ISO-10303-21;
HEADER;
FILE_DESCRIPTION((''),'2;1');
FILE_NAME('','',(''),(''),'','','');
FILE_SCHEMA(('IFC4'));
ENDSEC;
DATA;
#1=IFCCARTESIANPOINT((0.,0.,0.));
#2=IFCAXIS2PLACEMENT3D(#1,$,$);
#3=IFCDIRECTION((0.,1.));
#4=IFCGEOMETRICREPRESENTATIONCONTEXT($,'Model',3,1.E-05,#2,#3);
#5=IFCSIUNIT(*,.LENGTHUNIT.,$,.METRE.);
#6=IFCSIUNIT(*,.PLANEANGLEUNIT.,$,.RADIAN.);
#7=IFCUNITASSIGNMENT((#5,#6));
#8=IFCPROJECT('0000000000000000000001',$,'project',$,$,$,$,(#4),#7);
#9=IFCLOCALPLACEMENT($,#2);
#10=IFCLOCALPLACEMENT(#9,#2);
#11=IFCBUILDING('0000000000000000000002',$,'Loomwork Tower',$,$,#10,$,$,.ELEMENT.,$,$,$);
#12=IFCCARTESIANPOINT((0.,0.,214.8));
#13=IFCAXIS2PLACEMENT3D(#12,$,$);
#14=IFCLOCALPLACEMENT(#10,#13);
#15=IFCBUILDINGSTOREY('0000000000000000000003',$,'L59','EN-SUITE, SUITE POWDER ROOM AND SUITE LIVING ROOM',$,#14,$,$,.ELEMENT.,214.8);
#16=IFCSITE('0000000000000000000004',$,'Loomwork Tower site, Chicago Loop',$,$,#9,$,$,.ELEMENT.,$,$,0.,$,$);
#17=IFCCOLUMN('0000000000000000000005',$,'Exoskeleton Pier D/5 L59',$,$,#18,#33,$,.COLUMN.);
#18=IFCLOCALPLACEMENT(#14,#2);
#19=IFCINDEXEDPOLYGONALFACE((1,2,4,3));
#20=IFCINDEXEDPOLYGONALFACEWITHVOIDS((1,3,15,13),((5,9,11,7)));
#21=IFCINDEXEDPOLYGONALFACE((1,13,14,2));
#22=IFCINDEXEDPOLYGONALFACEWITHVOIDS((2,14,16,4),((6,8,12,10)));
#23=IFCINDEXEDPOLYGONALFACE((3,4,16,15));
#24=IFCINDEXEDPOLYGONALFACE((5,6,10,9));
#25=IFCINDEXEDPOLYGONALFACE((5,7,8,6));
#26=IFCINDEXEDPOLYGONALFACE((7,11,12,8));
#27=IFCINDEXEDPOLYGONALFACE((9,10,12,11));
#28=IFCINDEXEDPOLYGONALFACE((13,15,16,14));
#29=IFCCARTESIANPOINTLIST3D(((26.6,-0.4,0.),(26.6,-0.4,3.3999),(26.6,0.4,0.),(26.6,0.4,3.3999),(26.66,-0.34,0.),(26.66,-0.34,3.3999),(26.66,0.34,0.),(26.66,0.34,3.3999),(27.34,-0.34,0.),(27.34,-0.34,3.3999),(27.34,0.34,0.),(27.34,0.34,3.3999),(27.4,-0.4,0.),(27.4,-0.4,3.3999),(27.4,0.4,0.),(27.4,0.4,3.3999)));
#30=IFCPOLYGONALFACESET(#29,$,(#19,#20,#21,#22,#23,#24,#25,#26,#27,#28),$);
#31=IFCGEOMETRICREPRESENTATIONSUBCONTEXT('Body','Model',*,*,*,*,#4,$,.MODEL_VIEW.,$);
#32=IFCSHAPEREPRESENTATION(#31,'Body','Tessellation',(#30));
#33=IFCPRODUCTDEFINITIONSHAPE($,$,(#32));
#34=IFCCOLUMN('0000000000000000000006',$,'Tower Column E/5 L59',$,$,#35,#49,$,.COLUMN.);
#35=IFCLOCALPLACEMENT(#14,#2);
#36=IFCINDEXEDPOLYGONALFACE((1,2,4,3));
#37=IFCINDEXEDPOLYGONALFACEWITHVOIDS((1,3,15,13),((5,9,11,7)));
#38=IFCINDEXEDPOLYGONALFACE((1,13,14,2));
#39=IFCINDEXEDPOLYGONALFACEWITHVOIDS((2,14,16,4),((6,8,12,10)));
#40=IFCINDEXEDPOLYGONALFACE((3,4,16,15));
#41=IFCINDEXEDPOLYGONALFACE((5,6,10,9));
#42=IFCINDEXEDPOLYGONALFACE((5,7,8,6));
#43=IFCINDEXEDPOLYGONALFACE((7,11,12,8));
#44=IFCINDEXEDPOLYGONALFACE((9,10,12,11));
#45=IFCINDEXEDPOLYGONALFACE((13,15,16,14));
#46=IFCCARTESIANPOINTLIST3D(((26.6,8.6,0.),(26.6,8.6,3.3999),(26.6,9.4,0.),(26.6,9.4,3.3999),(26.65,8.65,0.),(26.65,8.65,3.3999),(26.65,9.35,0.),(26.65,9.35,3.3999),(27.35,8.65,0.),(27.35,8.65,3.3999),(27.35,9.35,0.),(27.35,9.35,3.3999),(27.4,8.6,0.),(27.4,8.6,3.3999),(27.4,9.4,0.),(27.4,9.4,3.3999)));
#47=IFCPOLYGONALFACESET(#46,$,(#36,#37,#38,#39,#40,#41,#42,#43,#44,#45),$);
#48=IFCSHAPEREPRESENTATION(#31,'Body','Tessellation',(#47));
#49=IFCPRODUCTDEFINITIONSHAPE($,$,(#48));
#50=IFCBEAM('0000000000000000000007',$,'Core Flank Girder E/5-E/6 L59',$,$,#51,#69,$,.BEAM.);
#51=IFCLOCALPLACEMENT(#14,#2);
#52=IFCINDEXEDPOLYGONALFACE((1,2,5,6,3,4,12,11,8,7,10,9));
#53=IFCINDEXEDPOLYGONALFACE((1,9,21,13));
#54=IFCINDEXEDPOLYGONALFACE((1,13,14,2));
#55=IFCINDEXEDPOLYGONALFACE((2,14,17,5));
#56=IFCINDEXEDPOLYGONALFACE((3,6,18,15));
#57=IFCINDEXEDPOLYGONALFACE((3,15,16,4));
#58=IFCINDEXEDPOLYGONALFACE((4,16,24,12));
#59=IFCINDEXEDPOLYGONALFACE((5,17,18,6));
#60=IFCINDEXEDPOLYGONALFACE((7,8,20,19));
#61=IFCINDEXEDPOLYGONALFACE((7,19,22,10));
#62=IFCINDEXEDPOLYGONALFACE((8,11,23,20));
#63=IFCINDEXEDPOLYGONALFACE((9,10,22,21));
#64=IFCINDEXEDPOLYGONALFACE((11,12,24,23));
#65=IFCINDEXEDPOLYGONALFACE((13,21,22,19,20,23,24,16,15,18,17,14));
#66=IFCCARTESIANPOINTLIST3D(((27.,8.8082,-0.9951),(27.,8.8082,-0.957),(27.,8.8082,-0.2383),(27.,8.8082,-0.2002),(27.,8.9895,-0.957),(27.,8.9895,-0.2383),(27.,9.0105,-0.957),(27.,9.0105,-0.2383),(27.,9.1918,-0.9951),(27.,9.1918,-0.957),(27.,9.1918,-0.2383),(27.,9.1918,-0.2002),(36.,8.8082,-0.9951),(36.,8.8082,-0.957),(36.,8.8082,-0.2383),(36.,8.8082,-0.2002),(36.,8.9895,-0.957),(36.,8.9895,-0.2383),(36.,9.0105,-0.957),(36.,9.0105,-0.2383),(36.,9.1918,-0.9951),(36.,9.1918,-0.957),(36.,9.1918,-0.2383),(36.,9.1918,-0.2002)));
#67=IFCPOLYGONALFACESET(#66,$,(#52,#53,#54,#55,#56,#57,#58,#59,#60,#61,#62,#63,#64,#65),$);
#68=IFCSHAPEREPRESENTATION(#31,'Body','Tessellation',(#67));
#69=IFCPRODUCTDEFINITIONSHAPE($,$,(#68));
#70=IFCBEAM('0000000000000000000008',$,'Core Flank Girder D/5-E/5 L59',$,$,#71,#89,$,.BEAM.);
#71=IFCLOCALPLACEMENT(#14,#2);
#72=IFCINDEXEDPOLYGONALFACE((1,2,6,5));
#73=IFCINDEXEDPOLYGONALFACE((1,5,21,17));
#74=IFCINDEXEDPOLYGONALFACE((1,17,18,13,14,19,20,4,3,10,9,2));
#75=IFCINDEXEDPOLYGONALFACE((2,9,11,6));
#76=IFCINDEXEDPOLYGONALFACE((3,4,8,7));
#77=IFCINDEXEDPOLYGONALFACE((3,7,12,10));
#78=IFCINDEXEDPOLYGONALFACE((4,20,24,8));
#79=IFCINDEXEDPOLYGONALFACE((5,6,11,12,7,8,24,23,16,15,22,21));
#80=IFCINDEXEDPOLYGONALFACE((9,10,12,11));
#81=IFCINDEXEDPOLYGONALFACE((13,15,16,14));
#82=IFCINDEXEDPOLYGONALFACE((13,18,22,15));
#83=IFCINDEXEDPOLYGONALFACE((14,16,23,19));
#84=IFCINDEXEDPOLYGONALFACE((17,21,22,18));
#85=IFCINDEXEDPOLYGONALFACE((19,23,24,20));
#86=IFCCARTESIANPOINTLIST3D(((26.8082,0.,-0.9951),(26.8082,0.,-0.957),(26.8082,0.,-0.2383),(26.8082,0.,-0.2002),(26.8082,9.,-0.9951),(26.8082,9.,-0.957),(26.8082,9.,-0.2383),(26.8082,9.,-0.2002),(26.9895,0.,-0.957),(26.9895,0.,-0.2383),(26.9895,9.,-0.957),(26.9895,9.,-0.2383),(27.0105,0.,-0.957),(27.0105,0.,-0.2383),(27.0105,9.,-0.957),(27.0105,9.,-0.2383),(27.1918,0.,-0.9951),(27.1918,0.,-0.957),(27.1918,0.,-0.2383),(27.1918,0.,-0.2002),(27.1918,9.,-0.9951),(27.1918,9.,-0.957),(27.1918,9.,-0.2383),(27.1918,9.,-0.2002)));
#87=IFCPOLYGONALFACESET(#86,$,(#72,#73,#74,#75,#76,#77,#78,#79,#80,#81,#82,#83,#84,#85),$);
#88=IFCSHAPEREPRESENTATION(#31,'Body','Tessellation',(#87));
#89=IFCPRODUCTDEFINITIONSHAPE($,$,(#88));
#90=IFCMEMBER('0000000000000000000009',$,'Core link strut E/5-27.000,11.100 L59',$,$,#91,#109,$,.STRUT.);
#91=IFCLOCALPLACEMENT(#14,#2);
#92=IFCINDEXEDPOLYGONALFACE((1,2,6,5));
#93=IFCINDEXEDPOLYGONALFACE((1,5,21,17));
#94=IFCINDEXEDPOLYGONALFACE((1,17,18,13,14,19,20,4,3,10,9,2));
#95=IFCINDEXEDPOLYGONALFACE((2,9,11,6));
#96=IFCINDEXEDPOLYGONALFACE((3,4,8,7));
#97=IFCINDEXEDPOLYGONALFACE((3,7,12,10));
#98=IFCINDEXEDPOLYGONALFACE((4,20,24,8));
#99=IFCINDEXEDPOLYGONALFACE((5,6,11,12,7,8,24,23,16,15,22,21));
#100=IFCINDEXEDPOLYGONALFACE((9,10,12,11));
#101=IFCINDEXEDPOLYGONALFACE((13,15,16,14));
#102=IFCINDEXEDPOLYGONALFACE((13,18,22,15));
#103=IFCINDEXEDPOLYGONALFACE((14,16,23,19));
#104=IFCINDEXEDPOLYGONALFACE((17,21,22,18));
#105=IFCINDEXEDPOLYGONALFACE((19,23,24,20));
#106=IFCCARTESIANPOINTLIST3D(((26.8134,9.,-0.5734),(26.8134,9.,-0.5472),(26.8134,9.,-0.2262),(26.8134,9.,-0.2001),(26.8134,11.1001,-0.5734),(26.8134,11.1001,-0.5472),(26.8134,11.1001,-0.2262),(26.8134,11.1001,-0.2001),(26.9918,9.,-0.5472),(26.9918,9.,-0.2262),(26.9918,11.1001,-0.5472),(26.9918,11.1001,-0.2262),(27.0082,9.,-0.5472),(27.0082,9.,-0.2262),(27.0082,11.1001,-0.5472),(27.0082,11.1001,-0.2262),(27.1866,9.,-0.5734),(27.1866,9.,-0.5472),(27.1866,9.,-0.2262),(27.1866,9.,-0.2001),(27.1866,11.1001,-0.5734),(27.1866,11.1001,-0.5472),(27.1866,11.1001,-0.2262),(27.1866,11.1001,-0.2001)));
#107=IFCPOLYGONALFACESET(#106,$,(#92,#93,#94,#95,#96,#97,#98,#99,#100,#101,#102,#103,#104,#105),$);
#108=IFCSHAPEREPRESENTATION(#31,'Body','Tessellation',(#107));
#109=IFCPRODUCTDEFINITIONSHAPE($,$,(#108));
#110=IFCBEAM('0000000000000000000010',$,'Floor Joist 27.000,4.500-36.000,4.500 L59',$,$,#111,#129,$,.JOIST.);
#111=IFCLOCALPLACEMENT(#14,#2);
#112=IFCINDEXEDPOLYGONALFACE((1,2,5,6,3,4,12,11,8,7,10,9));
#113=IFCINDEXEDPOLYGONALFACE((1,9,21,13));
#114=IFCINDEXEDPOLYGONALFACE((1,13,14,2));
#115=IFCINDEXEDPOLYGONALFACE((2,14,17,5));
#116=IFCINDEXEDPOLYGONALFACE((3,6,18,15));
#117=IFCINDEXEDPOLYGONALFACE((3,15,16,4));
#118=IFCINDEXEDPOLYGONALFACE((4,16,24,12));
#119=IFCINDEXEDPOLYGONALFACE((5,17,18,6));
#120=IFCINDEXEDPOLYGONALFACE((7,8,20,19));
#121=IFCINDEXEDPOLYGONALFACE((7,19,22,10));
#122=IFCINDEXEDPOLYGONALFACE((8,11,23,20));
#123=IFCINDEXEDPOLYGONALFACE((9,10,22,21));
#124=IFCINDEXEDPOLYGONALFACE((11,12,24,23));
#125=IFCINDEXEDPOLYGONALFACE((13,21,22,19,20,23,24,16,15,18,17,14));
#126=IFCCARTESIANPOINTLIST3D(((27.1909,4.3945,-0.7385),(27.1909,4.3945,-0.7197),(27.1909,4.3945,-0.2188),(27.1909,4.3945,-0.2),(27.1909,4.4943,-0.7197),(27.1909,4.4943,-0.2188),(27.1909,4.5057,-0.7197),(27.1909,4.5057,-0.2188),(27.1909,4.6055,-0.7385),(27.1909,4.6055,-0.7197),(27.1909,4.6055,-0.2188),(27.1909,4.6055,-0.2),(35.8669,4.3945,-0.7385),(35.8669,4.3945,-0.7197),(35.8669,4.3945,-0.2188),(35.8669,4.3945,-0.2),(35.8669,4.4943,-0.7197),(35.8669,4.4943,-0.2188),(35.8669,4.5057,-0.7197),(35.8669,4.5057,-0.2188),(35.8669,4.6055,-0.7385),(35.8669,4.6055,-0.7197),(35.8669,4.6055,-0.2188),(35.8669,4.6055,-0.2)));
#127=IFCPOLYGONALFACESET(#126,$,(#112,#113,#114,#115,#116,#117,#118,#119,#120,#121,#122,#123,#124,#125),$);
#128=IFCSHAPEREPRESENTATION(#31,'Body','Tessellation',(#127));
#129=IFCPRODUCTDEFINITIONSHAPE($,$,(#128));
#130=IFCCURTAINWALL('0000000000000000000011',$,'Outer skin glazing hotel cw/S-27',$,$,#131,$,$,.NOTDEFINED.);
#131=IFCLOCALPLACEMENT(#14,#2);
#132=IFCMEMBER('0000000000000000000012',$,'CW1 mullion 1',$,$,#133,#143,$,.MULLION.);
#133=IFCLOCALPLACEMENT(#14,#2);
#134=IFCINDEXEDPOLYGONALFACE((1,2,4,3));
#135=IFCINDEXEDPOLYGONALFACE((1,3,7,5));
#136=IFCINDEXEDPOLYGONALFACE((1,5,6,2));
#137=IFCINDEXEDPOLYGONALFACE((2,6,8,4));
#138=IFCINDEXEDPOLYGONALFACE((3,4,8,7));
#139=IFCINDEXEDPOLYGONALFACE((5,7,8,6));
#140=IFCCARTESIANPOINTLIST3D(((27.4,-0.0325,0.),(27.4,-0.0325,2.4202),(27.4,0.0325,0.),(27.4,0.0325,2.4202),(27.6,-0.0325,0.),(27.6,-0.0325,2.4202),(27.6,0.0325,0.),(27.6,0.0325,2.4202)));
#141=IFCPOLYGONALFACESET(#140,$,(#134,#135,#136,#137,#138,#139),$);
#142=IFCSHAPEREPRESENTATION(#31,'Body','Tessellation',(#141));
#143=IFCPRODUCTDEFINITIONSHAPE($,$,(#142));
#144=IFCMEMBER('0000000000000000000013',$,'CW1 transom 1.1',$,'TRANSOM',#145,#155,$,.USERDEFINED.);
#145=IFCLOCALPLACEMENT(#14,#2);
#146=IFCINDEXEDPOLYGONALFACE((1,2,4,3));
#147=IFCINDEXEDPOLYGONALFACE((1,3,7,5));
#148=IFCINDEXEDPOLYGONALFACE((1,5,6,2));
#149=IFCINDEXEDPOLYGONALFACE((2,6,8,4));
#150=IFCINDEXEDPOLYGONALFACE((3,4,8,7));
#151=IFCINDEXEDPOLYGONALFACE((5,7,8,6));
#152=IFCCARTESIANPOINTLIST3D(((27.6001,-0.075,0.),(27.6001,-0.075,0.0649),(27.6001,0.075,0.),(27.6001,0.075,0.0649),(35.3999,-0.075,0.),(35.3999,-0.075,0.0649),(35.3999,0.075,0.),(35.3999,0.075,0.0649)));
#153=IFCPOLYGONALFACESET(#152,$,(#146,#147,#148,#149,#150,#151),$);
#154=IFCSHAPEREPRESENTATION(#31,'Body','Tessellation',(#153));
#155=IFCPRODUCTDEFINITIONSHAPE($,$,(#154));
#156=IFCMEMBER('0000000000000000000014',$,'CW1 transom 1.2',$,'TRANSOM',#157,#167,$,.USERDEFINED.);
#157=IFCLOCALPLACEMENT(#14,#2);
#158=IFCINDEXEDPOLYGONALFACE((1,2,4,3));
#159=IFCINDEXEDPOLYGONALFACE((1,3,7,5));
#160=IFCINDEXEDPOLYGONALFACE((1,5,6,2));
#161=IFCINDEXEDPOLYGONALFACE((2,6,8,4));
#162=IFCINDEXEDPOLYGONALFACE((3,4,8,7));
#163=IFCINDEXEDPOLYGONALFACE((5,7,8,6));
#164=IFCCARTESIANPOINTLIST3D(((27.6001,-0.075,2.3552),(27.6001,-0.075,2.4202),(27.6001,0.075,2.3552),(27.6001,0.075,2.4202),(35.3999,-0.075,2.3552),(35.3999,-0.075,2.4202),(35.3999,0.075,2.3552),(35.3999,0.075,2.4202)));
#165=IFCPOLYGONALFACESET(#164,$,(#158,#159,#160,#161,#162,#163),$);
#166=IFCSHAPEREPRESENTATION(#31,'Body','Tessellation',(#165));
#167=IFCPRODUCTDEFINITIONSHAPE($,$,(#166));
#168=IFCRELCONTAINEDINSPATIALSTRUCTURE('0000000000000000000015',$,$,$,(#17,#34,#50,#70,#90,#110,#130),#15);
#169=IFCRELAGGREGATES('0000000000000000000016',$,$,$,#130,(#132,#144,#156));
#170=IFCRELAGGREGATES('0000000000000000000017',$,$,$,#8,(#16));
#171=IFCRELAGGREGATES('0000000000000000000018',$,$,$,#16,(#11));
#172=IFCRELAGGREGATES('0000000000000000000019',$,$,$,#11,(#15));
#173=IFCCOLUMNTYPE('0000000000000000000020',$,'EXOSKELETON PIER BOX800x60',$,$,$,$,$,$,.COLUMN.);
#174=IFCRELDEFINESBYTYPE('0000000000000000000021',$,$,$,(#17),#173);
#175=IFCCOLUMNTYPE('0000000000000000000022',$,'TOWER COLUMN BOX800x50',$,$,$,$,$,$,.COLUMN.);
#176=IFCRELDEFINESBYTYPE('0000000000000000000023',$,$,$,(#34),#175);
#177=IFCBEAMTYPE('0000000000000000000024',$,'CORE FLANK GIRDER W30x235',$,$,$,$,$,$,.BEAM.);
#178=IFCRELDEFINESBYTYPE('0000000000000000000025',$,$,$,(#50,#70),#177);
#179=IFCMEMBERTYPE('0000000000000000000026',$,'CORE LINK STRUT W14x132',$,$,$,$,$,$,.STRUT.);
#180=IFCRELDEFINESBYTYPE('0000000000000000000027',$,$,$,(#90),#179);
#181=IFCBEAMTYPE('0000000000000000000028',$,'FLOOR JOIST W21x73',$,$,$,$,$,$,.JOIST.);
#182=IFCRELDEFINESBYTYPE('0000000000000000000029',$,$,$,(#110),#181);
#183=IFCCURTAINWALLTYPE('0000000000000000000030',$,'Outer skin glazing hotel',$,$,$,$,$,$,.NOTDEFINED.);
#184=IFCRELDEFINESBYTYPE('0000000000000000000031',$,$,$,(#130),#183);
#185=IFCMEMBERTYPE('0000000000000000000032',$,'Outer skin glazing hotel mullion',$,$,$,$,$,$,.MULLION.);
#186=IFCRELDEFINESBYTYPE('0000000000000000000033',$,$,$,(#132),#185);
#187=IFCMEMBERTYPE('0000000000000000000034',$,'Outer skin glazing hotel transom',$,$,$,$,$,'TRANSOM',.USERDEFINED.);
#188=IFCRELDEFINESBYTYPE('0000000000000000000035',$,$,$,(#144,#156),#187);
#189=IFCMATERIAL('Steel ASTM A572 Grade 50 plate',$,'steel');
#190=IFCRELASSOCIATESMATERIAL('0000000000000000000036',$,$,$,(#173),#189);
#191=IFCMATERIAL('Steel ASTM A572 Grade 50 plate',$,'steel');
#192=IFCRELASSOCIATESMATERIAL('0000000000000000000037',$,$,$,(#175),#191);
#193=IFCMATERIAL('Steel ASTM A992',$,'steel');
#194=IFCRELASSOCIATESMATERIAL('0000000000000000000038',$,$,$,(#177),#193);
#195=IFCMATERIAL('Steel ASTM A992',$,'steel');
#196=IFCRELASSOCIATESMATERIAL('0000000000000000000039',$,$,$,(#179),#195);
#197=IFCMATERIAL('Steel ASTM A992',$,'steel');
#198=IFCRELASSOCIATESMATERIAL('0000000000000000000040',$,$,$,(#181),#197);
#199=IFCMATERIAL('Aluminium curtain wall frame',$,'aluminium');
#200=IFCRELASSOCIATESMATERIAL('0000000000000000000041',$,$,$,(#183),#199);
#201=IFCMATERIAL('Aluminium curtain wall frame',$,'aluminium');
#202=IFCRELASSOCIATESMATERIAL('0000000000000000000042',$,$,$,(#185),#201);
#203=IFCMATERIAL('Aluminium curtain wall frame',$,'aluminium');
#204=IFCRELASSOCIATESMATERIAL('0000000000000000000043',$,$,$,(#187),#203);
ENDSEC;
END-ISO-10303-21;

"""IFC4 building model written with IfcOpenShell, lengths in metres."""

from ifc_helpers import new_model, si_unit, direction, frame, origin, origin_2d, place, context, subcontext, project, spatial, rectangle, hollow_rectangle, i_section, extrude, material, material_profile, profile_set, type_object, element, aggregate, save


model = new_model("IFC4")

# Units and contexts
model_context = context("Model", 3, precision=1e-05, world=origin(), true_north=direction((0.0, 1.0)))
body_context = subcontext(model_context, "Body", "Model", "MODEL_VIEW")
ifc_project = project(units=[si_unit("LENGTHUNIT", "METRE"), si_unit("PLANEANGLEUNIT", "RADIAN")], contexts=[model_context])

# Site, building, storey
site_placement = place(None, origin())
site = spatial("IfcSite", under=ifc_project, at=site_placement, Name="Loomwork Tower site, Chicago Loop", CompositionType="ELEMENT", RefElevation=0.0)
building_placement = place(site_placement, origin())
building = spatial("IfcBuilding", under=site, at=building_placement, Name="Loomwork Tower", CompositionType="ELEMENT")
storey_placement = place(building_placement, frame((0.0, 0.0, 214.8)))
storey = spatial("IfcBuildingStorey", under=building, at=storey_placement, Name="L59", Description="EN-SUITE, SUITE POWDER ROOM AND SUITE LIVING ROOM", CompositionType="ELEMENT", Elevation=214.8)

# Columns
ifc_material_1 = material(Name="Steel ASTM A572 Grade 50 plate", Category="steel")
ifc_material_profile_1 = material_profile(ifc_material_1, hollow_rectangle(XDim=0.8, YDim=0.8, WallThickness=0.0601, at=origin_2d()), Name="BOX800x60")
ifc_profile_set_1 = profile_set([ifc_material_profile_1], Name="Steel ASTM A572 Grade 50 plate")
column_type_1 = type_object("IfcColumnType", Name="EXOSKELETON PIER BOX800x60", PredefinedType="COLUMN", material=ifc_profile_set_1)
column_1_placement = place(storey_placement, frame((27.0, 0.0, 0.0), z_axis=(0.0, 0.0, 1.0), x_axis=(1.0, 0.0, 0.0)))
element("IfcColumn", 1, at=column_1_placement, inside=storey, type_object=column_type_1, Name="Exoskeleton Pier D/5 L59", PredefinedType="COLUMN", context=body_context, shape_type="SweptSolid", body=[
    extrude(hollow_rectangle(XDim=0.8, YDim=0.8, WallThickness=0.0601, at=origin_2d()), origin(), (0.0, 0.0, 1.0), 3.3999),
])
ifc_material_2 = material(Name="Steel ASTM A572 Grade 50 plate", Category="steel")
ifc_material_profile_2 = material_profile(ifc_material_2, hollow_rectangle(XDim=0.8, YDim=0.8, WallThickness=0.05, at=origin_2d()), Name="BOX800x50")
ifc_profile_set_2 = profile_set([ifc_material_profile_2], Name="Steel ASTM A572 Grade 50 plate")
column_type_2 = type_object("IfcColumnType", Name="TOWER COLUMN BOX800x50", PredefinedType="COLUMN", material=ifc_profile_set_2)
column_2_placement = place(storey_placement, frame((27.0, 9.0, 0.0), z_axis=(0.0, 0.0, 1.0), x_axis=(1.0, 0.0, 0.0)))
element("IfcColumn", 2, at=column_2_placement, inside=storey, type_object=column_type_2, Name="Tower Column E/5 L59", PredefinedType="COLUMN", context=body_context, shape_type="SweptSolid", body=[
    extrude(hollow_rectangle(XDim=0.8, YDim=0.8, WallThickness=0.05, at=origin_2d()), origin(), (0.0, 0.0, 1.0), 3.3999),
])

# Beams
ifc_material_3 = material(Name="Steel ASTM A992", Category="steel")
ifc_material_profile_3 = material_profile(ifc_material_3, i_section(OverallWidth=0.3835, OverallDepth=0.7949, WebThickness=0.021, FlangeThickness=0.0381, at=origin_2d()), Name="W30x235")
ifc_profile_set_3 = profile_set([ifc_material_profile_3], Name="Steel ASTM A992")
beam_type_1 = type_object("IfcBeamType", Name="CORE FLANK GIRDER W30x235", PredefinedType="BEAM", material=ifc_profile_set_3)
for number, where, z_axis, x_axis, name in (
    (3, (27.0, 9.0, -0.5977), (1.0, 0.0, 0.0), (0.0, 1.0, 0.0), "Core Flank Girder E/5-E/6 L59"),
    (4, (27.0, 0.0, -0.5977), (0.0, 1.0, 0.0), (-1.0, 0.0, 0.0), "Core Flank Girder D/5-E/5 L59"),
):
    element("IfcBeam", number, at=place(storey_placement, frame(where, z_axis=z_axis, x_axis=x_axis)), inside=storey, type_object=beam_type_1, Name=name, PredefinedType="BEAM", context=body_context, shape_type="SweptSolid", body=[
        extrude(i_section(OverallWidth=0.3835, OverallDepth=0.7949, WebThickness=0.021, FlangeThickness=0.0381, at=origin_2d()), origin(), (0.0, 0.0, 1.0), 9.0),
    ])

# Member
ifc_material_4 = material(Name="Steel ASTM A992", Category="steel")
ifc_material_profile_4 = material_profile(ifc_material_4, i_section(OverallWidth=0.3733, OverallDepth=0.3733, WebThickness=0.0164, FlangeThickness=0.0261, at=origin_2d()), Name="W14x132")
ifc_profile_set_4 = profile_set([ifc_material_profile_4], Name="Steel ASTM A992")
member_type_1 = type_object("IfcMemberType", Name="CORE LINK STRUT W14x132", PredefinedType="STRUT", material=ifc_profile_set_4)
member_1_placement = place(storey_placement, frame((27.0, 9.0, -0.3867), z_axis=(0.0, 1.0, 0.0), x_axis=(-1.0, 0.0, 0.0)))
element("IfcMember", 5, at=member_1_placement, inside=storey, type_object=member_type_1, Name="Core link strut E/5-27.000,11.100 L59", PredefinedType="STRUT", context=body_context, shape_type="SweptSolid", body=[
    extrude(i_section(OverallWidth=0.3733, OverallDepth=0.3733, WebThickness=0.0164, FlangeThickness=0.0261, at=origin_2d()), origin(), (0.0, 0.0, 1.0), 2.1001),
])

# Beam
ifc_material_5 = material(Name="Steel ASTM A992", Category="steel")
ifc_material_profile_5 = material_profile(ifc_material_5, i_section(OverallWidth=0.2109, OverallDepth=0.5386, WebThickness=0.0115, FlangeThickness=0.0188, at=origin_2d()), Name="W21x73")
ifc_profile_set_5 = profile_set([ifc_material_profile_5], Name="Steel ASTM A992")
beam_type_2 = type_object("IfcBeamType", Name="FLOOR JOIST W21x73", PredefinedType="JOIST", material=ifc_profile_set_5)
beam_1_placement = place(storey_placement, frame((27.1909, 4.5, -0.4692), z_axis=(1.0, 0.0, 0.0), x_axis=(0.0, 1.0, 0.0)))
element("IfcBeam", 6, at=beam_1_placement, inside=storey, type_object=beam_type_2, Name="Floor Joist 27.000,4.500-36.000,4.500 L59", PredefinedType="JOIST", context=body_context, shape_type="SweptSolid", body=[
    extrude(i_section(OverallWidth=0.2109, OverallDepth=0.5386, WebThickness=0.0115, FlangeThickness=0.0188, at=origin_2d()), origin(), (0.0, 0.0, 1.0), 8.676),
])

# Curtain wall, members
ifc_material_6 = material(Name="Aluminium curtain wall frame", Category="aluminium")
curtain_wall_type = type_object("IfcCurtainWallType", Name="Outer skin glazing hotel", PredefinedType="NOTDEFINED", material=ifc_material_6)
curtain_wall_placement = place(storey_placement, origin())
curtain_wall = element("IfcCurtainWall", 7, at=curtain_wall_placement, inside=storey, type_object=curtain_wall_type, Name="Outer skin glazing hotel cw/S-27", PredefinedType="NOTDEFINED")
ifc_material_7 = material(Name="Aluminium curtain wall frame", Category="aluminium")
ifc_material_profile_6 = material_profile(ifc_material_7, rectangle(XDim=0.0649, YDim=0.2, at=origin_2d()), Name="AL 65x200")
ifc_profile_set_6 = profile_set([ifc_material_profile_6], Name="Aluminium curtain wall frame")
member_type_2 = type_object("IfcMemberType", Name="Outer skin glazing hotel mullion", PredefinedType="MULLION", material=ifc_profile_set_6)
member_2_placement = place(storey_placement, frame((27.5, 0.0, 0.0), z_axis=(0.0, 0.0, 1.0), x_axis=(0.0, 1.0, 0.0)))
member_2 = element("IfcMember", 8, at=member_2_placement, type_object=member_type_2, Name="CW1 mullion 1", PredefinedType="MULLION", context=body_context, shape_type="SweptSolid", body=[
    extrude(rectangle(XDim=0.0649, YDim=0.2, at=origin_2d()), origin(), (0.0, 0.0, 1.0), 2.4202),
])
ifc_material_8 = material(Name="Aluminium curtain wall frame", Category="aluminium")
ifc_material_profile_7 = material_profile(ifc_material_8, rectangle(XDim=0.1499, YDim=0.0649, at=origin_2d()), Name="AL 65x150")
ifc_profile_set_7 = profile_set([ifc_material_profile_7], Name="Aluminium curtain wall frame")
member_type_3 = type_object("IfcMemberType", Name="Outer skin glazing hotel transom", ElementType="TRANSOM", PredefinedType="USERDEFINED", material=ifc_profile_set_7)
member_3_placement = place(storey_placement, frame((27.6001, 0.0, 0.0325), z_axis=(1.0, 0.0, 0.0), x_axis=(0.0, 1.0, 0.0)))
member_3 = element("IfcMember", 9, at=member_3_placement, type_object=member_type_3, Name="CW1 transom 1.1", ObjectType="TRANSOM", PredefinedType="USERDEFINED", context=body_context, shape_type="SweptSolid", body=[
    extrude(rectangle(XDim=0.1499, YDim=0.0649, at=origin_2d()), origin(), (0.0, 0.0, 1.0), 7.7998),
])
member_4_placement = place(storey_placement, frame((27.6001, 0.0, 2.3877), z_axis=(1.0, 0.0, 0.0), x_axis=(0.0, 1.0, 0.0)))
member_4 = element("IfcMember", 10, at=member_4_placement, type_object=member_type_3, Name="CW1 transom 1.2", ObjectType="TRANSOM", PredefinedType="USERDEFINED", context=body_context, shape_type="SweptSolid", body=[
    extrude(rectangle(XDim=0.1499, YDim=0.0649, at=origin_2d()), origin(), (0.0, 0.0, 1.0), 7.7998),
])

aggregate(curtain_wall, [member_2, member_3, member_4])

save(model, "model.ifc")
